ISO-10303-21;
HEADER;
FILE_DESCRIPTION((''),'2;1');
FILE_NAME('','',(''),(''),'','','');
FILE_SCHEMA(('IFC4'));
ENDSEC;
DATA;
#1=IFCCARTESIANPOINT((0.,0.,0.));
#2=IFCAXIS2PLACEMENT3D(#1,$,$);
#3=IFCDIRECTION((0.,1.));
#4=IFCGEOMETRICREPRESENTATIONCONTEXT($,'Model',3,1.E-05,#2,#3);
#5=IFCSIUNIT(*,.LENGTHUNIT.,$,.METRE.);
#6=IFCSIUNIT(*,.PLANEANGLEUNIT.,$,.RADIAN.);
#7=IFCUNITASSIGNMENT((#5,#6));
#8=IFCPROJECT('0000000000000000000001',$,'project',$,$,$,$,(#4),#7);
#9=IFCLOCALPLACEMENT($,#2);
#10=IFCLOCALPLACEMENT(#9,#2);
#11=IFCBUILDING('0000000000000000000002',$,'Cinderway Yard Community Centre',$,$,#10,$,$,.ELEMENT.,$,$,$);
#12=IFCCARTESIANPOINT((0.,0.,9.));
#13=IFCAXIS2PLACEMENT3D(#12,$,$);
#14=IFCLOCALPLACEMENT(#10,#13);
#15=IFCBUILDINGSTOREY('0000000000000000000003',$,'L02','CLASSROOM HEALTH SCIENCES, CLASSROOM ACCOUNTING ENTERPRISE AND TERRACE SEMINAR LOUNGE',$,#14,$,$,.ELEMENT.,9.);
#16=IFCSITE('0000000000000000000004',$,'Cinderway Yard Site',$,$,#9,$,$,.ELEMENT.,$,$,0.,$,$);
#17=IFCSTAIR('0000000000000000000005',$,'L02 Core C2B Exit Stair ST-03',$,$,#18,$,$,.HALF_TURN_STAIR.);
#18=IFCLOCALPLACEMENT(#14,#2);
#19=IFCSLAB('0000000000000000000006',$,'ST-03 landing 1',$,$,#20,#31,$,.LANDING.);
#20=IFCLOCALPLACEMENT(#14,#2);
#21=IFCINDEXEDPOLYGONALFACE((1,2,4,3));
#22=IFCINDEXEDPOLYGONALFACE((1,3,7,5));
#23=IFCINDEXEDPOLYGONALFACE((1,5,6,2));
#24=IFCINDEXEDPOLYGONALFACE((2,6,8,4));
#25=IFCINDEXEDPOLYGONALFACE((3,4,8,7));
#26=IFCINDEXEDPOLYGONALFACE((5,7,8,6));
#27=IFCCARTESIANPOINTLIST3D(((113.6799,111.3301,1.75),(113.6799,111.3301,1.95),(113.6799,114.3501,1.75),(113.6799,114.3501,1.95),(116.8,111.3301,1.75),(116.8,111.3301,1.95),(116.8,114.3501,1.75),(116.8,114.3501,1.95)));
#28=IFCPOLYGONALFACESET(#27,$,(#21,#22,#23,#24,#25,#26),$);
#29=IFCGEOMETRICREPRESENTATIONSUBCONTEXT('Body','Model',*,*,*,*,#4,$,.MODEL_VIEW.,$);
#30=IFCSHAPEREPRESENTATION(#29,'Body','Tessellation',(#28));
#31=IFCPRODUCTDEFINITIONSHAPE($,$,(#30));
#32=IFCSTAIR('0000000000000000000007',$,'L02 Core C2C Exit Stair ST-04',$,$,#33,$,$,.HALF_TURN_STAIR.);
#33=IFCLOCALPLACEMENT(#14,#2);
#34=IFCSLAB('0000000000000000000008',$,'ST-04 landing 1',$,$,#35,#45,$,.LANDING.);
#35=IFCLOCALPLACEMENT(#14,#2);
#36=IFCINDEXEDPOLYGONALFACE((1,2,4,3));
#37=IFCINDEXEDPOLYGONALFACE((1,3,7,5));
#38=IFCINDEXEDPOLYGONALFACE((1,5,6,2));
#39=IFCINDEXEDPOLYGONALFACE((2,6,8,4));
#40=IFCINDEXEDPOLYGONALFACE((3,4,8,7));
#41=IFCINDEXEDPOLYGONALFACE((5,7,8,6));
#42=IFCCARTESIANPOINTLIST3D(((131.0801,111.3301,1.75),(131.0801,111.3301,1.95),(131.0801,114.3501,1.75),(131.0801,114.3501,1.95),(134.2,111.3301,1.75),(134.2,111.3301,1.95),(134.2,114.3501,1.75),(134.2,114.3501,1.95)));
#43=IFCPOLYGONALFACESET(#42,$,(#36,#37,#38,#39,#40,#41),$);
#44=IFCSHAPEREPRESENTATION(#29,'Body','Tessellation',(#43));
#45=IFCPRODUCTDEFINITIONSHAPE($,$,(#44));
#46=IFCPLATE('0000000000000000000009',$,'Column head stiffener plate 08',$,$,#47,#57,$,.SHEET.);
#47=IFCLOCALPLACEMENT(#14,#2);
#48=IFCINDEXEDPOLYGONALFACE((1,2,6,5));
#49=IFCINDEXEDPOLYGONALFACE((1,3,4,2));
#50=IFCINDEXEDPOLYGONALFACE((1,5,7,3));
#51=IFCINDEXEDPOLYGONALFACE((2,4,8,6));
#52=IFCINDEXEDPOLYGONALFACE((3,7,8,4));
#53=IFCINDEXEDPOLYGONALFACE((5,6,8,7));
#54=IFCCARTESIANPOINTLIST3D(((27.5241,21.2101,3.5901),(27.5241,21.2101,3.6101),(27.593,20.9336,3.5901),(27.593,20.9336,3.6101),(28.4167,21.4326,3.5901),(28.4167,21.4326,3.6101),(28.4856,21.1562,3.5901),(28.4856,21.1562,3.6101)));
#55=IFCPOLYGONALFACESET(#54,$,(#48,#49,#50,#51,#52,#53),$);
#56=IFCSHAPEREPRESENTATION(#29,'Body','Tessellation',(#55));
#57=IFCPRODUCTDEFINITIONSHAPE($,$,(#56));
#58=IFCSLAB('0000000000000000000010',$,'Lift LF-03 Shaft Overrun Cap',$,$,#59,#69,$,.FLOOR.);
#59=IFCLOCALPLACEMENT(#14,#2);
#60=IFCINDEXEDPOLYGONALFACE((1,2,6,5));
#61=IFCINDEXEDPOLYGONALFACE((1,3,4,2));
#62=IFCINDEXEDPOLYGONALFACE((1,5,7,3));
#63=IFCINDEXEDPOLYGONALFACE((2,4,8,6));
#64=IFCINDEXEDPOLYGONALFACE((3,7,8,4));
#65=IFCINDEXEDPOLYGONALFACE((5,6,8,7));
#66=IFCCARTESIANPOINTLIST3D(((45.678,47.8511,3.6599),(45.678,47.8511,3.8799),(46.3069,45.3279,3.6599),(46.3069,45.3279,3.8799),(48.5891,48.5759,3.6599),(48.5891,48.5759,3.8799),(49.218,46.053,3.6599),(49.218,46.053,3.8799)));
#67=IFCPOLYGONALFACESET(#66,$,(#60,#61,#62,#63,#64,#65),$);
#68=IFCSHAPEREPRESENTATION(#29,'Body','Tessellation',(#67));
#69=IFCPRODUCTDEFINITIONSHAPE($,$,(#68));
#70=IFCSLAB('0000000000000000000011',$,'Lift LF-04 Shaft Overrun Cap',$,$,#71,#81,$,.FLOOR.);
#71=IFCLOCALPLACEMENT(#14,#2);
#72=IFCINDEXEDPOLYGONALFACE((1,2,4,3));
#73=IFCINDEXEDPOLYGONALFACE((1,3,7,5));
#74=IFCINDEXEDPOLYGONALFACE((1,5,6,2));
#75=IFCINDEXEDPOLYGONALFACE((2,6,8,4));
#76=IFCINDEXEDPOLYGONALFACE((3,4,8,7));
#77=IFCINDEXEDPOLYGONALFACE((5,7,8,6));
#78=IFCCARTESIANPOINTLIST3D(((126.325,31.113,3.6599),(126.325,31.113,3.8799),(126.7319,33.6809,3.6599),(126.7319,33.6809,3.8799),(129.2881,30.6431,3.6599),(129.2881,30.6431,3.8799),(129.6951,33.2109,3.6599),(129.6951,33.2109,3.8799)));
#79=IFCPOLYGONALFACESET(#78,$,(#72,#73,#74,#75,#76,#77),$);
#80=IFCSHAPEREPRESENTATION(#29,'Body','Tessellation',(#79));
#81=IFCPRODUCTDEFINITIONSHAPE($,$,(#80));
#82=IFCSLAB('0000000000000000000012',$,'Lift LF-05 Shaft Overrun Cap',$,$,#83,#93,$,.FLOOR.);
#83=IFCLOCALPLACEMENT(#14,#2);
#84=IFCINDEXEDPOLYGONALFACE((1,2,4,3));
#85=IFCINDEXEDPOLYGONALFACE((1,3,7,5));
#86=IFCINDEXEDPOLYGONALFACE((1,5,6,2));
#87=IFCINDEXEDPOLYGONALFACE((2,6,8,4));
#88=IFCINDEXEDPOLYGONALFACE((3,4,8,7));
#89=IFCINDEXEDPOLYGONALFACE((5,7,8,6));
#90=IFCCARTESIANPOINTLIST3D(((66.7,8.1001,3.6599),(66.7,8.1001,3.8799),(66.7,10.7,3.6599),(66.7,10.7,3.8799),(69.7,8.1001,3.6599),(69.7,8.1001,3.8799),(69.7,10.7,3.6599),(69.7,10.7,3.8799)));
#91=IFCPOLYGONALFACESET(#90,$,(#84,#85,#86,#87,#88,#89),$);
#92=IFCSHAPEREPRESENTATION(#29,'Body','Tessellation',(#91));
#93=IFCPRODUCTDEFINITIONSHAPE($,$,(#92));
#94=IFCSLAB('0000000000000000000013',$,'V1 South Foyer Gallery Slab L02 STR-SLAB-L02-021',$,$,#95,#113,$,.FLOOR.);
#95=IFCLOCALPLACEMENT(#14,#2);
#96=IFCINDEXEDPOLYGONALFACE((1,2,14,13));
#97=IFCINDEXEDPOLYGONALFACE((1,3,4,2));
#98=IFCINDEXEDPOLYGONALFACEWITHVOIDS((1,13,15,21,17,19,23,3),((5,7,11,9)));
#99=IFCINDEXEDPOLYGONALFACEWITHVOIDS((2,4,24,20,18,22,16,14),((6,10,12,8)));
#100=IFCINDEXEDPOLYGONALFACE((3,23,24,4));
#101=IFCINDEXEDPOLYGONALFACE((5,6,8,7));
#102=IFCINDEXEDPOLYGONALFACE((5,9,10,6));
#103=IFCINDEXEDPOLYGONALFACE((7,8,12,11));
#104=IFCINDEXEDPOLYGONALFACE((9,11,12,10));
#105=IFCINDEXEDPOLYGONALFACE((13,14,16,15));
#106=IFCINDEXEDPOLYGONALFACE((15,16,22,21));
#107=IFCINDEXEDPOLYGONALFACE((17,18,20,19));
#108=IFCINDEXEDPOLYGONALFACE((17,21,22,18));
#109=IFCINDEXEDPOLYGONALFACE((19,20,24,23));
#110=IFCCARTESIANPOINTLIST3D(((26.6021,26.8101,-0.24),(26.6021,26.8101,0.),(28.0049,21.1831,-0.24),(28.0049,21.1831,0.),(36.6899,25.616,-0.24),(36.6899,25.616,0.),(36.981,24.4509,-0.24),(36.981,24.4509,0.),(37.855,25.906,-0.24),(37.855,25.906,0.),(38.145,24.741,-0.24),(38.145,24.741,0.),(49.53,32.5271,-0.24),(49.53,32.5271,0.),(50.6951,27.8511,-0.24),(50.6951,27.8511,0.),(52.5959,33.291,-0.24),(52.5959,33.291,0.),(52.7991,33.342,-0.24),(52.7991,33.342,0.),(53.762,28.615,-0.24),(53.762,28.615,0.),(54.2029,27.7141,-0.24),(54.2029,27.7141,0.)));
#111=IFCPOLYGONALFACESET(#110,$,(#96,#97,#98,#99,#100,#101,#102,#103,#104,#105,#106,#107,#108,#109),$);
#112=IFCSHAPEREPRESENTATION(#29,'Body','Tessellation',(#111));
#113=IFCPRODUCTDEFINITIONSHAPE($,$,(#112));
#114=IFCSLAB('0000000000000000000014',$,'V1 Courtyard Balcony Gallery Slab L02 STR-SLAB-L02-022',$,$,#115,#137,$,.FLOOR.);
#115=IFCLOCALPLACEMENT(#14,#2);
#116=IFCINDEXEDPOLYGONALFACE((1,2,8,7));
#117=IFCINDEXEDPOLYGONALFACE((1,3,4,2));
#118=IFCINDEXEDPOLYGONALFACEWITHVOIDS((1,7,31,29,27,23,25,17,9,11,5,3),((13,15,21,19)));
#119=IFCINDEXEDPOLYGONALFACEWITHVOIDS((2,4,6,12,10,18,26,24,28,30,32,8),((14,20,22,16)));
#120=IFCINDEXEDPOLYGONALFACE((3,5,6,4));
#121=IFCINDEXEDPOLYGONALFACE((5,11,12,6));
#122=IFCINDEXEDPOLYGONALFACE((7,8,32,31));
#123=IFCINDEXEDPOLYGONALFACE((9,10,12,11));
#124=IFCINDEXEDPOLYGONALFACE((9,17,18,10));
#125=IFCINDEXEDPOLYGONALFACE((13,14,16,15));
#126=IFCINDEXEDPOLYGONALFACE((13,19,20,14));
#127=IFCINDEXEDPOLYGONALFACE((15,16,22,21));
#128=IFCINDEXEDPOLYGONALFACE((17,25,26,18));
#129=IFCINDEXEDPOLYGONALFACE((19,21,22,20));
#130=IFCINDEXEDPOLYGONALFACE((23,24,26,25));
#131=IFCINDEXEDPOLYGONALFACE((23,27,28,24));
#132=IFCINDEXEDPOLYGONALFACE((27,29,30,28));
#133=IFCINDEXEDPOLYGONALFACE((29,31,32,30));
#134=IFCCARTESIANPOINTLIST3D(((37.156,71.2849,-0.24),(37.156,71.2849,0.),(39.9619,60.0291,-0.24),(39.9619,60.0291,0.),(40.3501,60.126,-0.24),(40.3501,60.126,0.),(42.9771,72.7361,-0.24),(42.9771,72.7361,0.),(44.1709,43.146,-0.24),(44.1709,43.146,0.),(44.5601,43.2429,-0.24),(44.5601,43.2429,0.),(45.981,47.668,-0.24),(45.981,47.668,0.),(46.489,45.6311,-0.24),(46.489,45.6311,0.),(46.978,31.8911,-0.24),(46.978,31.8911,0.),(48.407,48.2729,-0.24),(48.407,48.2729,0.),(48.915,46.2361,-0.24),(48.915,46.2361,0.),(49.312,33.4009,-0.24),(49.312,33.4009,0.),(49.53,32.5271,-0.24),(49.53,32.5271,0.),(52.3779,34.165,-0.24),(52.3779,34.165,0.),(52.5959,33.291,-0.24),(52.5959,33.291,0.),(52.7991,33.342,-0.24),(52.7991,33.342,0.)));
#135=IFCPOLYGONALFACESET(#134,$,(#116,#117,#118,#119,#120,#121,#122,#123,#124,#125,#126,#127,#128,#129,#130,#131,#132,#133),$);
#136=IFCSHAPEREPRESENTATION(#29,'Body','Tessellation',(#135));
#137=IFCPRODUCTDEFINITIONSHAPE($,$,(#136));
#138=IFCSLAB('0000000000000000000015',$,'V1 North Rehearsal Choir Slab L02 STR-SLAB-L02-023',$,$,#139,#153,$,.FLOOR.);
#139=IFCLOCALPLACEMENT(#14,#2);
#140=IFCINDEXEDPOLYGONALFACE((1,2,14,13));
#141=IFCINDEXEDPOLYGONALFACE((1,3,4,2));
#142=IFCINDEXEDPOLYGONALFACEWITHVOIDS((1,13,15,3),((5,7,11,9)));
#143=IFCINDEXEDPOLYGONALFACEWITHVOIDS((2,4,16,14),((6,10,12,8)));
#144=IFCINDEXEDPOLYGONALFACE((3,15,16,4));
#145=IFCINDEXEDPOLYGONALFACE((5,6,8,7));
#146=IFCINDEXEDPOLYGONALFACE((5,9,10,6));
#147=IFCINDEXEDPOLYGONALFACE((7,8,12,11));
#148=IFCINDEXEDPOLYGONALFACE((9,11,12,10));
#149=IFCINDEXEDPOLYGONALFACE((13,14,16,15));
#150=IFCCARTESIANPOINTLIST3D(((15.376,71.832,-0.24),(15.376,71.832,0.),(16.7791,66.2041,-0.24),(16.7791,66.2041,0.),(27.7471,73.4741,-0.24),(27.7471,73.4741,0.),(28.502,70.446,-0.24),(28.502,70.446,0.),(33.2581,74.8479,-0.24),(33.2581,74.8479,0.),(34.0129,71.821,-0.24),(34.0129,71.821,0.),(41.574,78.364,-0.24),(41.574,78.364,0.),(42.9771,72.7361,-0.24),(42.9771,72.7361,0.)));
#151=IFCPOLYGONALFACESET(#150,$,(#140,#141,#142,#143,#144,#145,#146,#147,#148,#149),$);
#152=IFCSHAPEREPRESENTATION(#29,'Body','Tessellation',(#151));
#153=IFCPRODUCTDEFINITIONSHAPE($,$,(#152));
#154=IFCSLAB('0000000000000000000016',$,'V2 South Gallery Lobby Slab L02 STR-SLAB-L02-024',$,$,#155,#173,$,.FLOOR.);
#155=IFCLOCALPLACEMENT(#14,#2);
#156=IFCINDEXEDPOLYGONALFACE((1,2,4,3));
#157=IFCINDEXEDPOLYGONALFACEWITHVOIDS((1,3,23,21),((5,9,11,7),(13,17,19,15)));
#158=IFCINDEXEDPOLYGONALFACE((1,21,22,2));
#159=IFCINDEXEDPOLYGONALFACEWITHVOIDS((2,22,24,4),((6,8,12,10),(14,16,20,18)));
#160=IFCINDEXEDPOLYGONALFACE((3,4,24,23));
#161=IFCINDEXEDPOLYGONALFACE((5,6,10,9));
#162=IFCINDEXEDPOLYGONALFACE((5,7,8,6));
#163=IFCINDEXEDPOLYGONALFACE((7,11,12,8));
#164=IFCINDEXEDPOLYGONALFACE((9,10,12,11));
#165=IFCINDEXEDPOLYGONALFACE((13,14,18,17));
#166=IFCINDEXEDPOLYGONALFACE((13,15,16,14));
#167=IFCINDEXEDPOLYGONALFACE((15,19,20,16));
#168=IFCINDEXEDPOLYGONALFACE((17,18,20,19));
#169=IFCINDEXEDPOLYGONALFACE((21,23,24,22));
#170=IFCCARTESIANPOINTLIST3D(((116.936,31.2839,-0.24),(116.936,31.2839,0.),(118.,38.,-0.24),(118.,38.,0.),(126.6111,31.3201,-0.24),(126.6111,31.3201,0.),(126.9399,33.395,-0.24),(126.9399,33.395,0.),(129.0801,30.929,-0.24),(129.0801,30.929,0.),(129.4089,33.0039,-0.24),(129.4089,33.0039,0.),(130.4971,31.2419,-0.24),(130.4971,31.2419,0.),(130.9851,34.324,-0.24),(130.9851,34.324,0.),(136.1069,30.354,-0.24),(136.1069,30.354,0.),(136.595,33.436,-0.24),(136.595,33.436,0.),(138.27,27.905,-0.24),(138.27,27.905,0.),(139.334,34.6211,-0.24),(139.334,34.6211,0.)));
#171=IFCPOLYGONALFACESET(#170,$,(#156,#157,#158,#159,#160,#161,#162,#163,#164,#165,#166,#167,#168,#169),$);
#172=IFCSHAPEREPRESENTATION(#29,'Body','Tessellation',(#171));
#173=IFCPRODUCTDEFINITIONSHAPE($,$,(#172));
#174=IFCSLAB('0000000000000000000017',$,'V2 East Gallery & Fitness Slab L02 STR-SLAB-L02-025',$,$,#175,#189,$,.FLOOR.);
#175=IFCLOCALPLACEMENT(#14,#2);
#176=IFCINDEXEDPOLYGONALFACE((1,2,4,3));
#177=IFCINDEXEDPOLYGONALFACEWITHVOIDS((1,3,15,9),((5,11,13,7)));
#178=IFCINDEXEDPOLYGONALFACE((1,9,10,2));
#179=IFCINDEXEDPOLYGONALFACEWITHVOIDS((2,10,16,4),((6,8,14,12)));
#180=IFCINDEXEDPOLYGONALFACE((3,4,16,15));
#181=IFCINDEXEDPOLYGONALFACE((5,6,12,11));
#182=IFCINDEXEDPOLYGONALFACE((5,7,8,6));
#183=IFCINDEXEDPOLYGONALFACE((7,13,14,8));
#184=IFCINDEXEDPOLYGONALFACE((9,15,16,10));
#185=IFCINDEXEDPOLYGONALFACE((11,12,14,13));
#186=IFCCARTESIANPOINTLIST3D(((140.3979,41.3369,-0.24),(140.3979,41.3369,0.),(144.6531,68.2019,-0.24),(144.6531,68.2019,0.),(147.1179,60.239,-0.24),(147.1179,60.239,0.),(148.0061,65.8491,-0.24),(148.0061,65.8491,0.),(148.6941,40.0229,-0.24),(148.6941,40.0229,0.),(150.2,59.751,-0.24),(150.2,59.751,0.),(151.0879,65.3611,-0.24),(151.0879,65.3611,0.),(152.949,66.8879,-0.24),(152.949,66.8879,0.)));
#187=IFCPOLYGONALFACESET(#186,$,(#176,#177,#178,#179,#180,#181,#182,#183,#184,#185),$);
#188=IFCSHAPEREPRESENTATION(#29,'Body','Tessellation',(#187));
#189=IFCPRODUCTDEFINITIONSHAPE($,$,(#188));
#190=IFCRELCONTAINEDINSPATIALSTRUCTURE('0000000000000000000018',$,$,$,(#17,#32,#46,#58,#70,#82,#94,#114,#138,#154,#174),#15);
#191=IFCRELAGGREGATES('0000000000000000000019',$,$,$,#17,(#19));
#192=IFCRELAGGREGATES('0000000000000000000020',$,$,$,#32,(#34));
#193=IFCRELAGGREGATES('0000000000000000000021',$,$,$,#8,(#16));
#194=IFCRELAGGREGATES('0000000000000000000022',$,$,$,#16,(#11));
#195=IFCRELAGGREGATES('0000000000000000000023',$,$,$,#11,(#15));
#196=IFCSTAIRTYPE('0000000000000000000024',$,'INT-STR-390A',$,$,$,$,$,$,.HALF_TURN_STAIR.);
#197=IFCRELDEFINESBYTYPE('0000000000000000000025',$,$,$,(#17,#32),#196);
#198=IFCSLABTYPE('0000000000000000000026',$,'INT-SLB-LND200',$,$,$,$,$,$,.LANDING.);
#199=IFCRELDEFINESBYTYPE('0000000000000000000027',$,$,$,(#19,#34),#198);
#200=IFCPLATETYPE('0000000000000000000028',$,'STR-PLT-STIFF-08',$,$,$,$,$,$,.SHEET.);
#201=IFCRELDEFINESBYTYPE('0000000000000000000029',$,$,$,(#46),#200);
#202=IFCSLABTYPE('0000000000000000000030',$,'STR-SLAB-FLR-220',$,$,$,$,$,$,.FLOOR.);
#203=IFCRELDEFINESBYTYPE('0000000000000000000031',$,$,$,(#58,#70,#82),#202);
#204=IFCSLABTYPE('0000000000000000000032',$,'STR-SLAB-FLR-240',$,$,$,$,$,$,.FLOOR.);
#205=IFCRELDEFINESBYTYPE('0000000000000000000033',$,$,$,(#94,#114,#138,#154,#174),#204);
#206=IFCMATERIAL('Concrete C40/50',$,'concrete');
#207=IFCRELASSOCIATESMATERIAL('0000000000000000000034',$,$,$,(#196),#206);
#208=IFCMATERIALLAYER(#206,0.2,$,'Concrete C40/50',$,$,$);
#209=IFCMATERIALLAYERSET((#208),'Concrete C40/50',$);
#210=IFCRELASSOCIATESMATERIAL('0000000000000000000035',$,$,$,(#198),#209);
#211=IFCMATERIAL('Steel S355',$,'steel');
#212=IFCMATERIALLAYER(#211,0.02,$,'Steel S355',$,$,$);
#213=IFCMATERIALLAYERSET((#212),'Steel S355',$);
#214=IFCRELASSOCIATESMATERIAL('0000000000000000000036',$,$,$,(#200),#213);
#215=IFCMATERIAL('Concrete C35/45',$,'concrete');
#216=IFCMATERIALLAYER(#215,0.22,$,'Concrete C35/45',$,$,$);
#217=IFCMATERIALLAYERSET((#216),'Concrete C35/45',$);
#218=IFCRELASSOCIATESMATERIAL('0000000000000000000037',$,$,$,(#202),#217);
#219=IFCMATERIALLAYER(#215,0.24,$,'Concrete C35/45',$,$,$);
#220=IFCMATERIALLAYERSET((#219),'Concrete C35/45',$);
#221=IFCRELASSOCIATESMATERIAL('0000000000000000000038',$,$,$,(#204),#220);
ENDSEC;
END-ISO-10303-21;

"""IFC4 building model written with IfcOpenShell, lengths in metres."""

from ifc_helpers import new_model, si_unit, direction, frame, origin, origin_2d, place, context, subcontext, project, spatial, polyline, rectangle, outline, extrude, material, layer, layer_set, type_object, element, aggregate, save


model = new_model("IFC4")

# Units and contexts
model_context = context("Model", 3, precision=1e-05, world=origin(), true_north=direction((0.0, 1.0)))
body_context = subcontext(model_context, "Body", "Model", "MODEL_VIEW")
ifc_project = project(units=[si_unit("LENGTHUNIT", "METRE"), si_unit("PLANEANGLEUNIT", "RADIAN")], contexts=[model_context])

# Site, building, storey
site_placement = place(None, origin())
site = spatial("IfcSite", under=ifc_project, at=site_placement, Name="Cinderway Yard Site", CompositionType="ELEMENT", RefElevation=0.0)
building_placement = place(site_placement, origin())
building = spatial("IfcBuilding", under=site, at=building_placement, Name="Cinderway Yard Community Centre", CompositionType="ELEMENT")
storey_placement = place(building_placement, frame((0.0, 0.0, 9.0)))
storey = spatial("IfcBuildingStorey", under=building, at=storey_placement, Name="L02", Description="CLASSROOM HEALTH SCIENCES, CLASSROOM ACCOUNTING ENTERPRISE AND TERRACE SEMINAR LOUNGE", CompositionType="ELEMENT", Elevation=9.0)

# Shared definitions
ifc_material_1 = material(Name="Concrete C40/50", Category="concrete")

# Shared definitions
ifc_material_2 = material(Name="Concrete C35/45", Category="concrete")

# Shared definitions
ifc_material_3 = material(Name="Steel S355", Category="steel")

# Stairs, slabs
stair_type = type_object("IfcStairType", Name="INT-STR-390A", PredefinedType="HALF_TURN_STAIR", material=ifc_material_1)
ifc_layer_1 = layer(ifc_material_1, 0.2, Name="Concrete C40/50")
ifc_layer_set_1 = layer_set([ifc_layer_1], Name="Concrete C40/50")
slab_type_1 = type_object("IfcSlabType", Name="INT-SLB-LND200", PredefinedType="LANDING", material=ifc_layer_set_1)
stair_1_placement = place(storey_placement, origin())
stair_1 = element("IfcStair", 1, at=stair_1_placement, inside=storey, type_object=stair_type, Name="L02 Core C2B Exit Stair ST-03", PredefinedType="HALF_TURN_STAIR")
slab_1_placement = place(storey_placement, frame((0.0, 0.0, 1.75)))
slab_1 = element("IfcSlab", 2, at=slab_1_placement, type_object=slab_type_1, Name="ST-03 landing 1", PredefinedType="LANDING", context=body_context, shape_type="SweptSolid", body=[
    extrude(outline(polyline([(116.8, 111.3301), (116.8, 114.3501), (113.6799, 114.3501), (113.6799, 111.3301), (116.8, 111.3301)])), origin(), (0.0, 0.0, 1.0), 0.2),
])
aggregate(stair_1, [slab_1])
stair_2_placement = place(storey_placement, origin())
stair_2 = element("IfcStair", 3, at=stair_2_placement, inside=storey, type_object=stair_type, Name="L02 Core C2C Exit Stair ST-04", PredefinedType="HALF_TURN_STAIR")
slab_2_placement = place(storey_placement, frame((0.0, 0.0, 1.75)))
slab_2 = element("IfcSlab", 4, at=slab_2_placement, type_object=slab_type_1, Name="ST-04 landing 1", PredefinedType="LANDING", context=body_context, shape_type="SweptSolid", body=[
    extrude(outline(polyline([(134.2, 111.3301), (134.2, 114.3501), (131.0801, 114.3501), (131.0801, 111.3301), (134.2, 111.3301)])), origin(), (0.0, 0.0, 1.0), 0.2),
])
aggregate(stair_2, [slab_2])

# Plate
ifc_layer_2 = layer(ifc_material_3, 0.02, Name="Steel S355")
ifc_layer_set_2 = layer_set([ifc_layer_2], Name="Steel S355")
plate_type = type_object("IfcPlateType", Name="STR-PLT-STIFF-08", PredefinedType="SHEET", material=ifc_layer_set_2)
plate_placement = place(storey_placement, frame((28.0049, 21.1831, 3.5901), z_axis=(0.0, 0.0, 1.0), x_axis=(0.970296, 0.241922, 0.0)))
element("IfcPlate", 5, at=plate_placement, inside=storey, type_object=plate_type, Name="Column head stiffener plate 08", PredefinedType="SHEET", context=body_context, shape_type="SweptSolid", body=[
    extrude(rectangle(XDim=0.9199, YDim=0.2849, at=origin_2d()), origin(), (0.0, 0.0, 1.0), 0.02),
])

# Slabs
ifc_layer_3 = layer(ifc_material_2, 0.22, Name="Concrete C35/45")
ifc_layer_set_3 = layer_set([ifc_layer_3], Name="Concrete C35/45")
slab_type_2 = type_object("IfcSlabType", Name="STR-SLAB-FLR-220", PredefinedType="FLOOR", material=ifc_layer_set_3)
slab_3_placement = place(storey_placement, frame((0.0, 0.0, 3.6599)))
element("IfcSlab", 6, at=slab_3_placement, inside=storey, type_object=slab_type_2, Name="Lift LF-03 Shaft Overrun Cap", PredefinedType="FLOOR", context=body_context, shape_type="SweptSolid", body=[
    extrude(outline(polyline([(46.3069, 45.3279), (49.218, 46.053), (48.5891, 48.5759), (45.678, 47.8511), (46.3069, 45.3279)])), origin(), (0.0, 0.0, 1.0), 0.22),
])
slab_4_placement = place(storey_placement, frame((0.0, 0.0, 3.6599)))
element("IfcSlab", 7, at=slab_4_placement, inside=storey, type_object=slab_type_2, Name="Lift LF-04 Shaft Overrun Cap", PredefinedType="FLOOR", context=body_context, shape_type="SweptSolid", body=[
    extrude(outline(polyline([(126.325, 31.113), (129.2881, 30.6431), (129.6951, 33.2109), (126.7319, 33.6809), (126.325, 31.113)])), origin(), (0.0, 0.0, 1.0), 0.22),
])
slab_5_placement = place(storey_placement, frame((0.0, 0.0, 3.6599)))
element("IfcSlab", 8, at=slab_5_placement, inside=storey, type_object=slab_type_2, Name="Lift LF-05 Shaft Overrun Cap", PredefinedType="FLOOR", context=body_context, shape_type="SweptSolid", body=[
    extrude(outline(polyline([(66.7, 8.1001), (69.7, 8.1001), (69.7, 10.7), (66.7, 10.7), (66.7, 8.1001)])), origin(), (0.0, 0.0, 1.0), 0.22),
])
ifc_layer_4 = layer(ifc_material_2, 0.24, Name="Concrete C35/45")
ifc_layer_set_4 = layer_set([ifc_layer_4], Name="Concrete C35/45")
slab_type_3 = type_object("IfcSlabType", Name="STR-SLAB-FLR-240", PredefinedType="FLOOR", material=ifc_layer_set_4)
slab_6_placement = place(storey_placement, frame((0.0, 0.0, -0.24)))
element("IfcSlab", 9, at=slab_6_placement, inside=storey, type_object=slab_type_3, Name="V1 South Foyer Gallery Slab L02 STR-SLAB-L02-021", PredefinedType="FLOOR", context=body_context, shape_type="SweptSolid", body=[
    extrude(outline(polyline([(52.7991, 33.342), (54.2029, 27.7141), (28.0049, 21.1831), (26.6021, 26.8101), (49.53, 32.5271), (50.6951, 27.8511), (53.762, 28.615), (52.5959, 33.291), (52.7991, 33.342)]), holes=[polyline([(36.981, 24.4509), (38.145, 24.741), (37.855, 25.906), (36.6899, 25.616), (36.981, 24.4509)])]), origin(), (0.0, 0.0, 1.0), 0.24),
])
slab_7_placement = place(storey_placement, frame((0.0, 0.0, -0.24)))
element("IfcSlab", 10, at=slab_7_placement, inside=storey, type_object=slab_type_3, Name="V1 Courtyard Balcony Gallery Slab L02 STR-SLAB-L02-022", PredefinedType="FLOOR", context=body_context, shape_type="SweptSolid", body=[
    extrude(outline(polyline([(46.978, 31.8911), (44.1709, 43.146), (44.5601, 43.2429), (40.3501, 60.126), (39.9619, 60.0291), (37.156, 71.2849), (42.9771, 72.7361), (52.7991, 33.342), (52.5959, 33.291), (52.3779, 34.165), (49.312, 33.4009), (49.53, 32.5271), (46.978, 31.8911)]), holes=[polyline([(46.489, 45.6311), (48.915, 46.2361), (48.407, 48.2729), (45.981, 47.668), (46.489, 45.6311)])]), origin(), (0.0, 0.0, 1.0), 0.24),
])
slab_8_placement = place(storey_placement, frame((0.0, 0.0, -0.24)))
element("IfcSlab", 11, at=slab_8_placement, inside=storey, type_object=slab_type_3, Name="V1 North Rehearsal Choir Slab L02 STR-SLAB-L02-023", PredefinedType="FLOOR", context=body_context, shape_type="SweptSolid", body=[
    extrude(outline(polyline([(16.7791, 66.2041), (42.9771, 72.7361), (41.574, 78.364), (15.376, 71.832), (16.7791, 66.2041)]), holes=[polyline([(33.2581, 74.8479), (27.7471, 73.4741), (28.502, 70.446), (34.0129, 71.821), (33.2581, 74.8479)])]), origin(), (0.0, 0.0, 1.0), 0.24),
])
slab_9_placement = place(storey_placement, frame((0.0, 0.0, -0.24)))
element("IfcSlab", 12, at=slab_9_placement, inside=storey, type_object=slab_type_3, Name="V2 South Gallery Lobby Slab L02 STR-SLAB-L02-024", PredefinedType="FLOOR", context=body_context, shape_type="SweptSolid", body=[
    extrude(outline(polyline([(116.936, 31.2839), (138.27, 27.905), (139.334, 34.6211), (118.0, 38.0), (116.936, 31.2839)]), holes=[polyline([(136.595, 33.436), (130.9851, 34.324), (130.4971, 31.2419), (136.1069, 30.354), (136.595, 33.436)]), polyline([(126.6111, 31.3201), (129.0801, 30.929), (129.4089, 33.0039), (126.9399, 33.395), (126.6111, 31.3201)])]), origin(), (0.0, 0.0, 1.0), 0.24),
])
slab_10_placement = place(storey_placement, frame((0.0, 0.0, -0.24)))
element("IfcSlab", 13, at=slab_10_placement, inside=storey, type_object=slab_type_3, Name="V2 East Gallery & Fitness Slab L02 STR-SLAB-L02-025", PredefinedType="FLOOR", context=body_context, shape_type="SweptSolid", body=[
    extrude(outline(polyline([(140.3979, 41.3369), (148.6941, 40.0229), (152.949, 66.8879), (144.6531, 68.2019), (140.3979, 41.3369)]), holes=[polyline([(150.2, 59.751), (151.0879, 65.3611), (148.0061, 65.8491), (147.1179, 60.239), (150.2, 59.751)])]), origin(), (0.0, 0.0, 1.0), 0.24),
])

save(model, "model.ifc")
